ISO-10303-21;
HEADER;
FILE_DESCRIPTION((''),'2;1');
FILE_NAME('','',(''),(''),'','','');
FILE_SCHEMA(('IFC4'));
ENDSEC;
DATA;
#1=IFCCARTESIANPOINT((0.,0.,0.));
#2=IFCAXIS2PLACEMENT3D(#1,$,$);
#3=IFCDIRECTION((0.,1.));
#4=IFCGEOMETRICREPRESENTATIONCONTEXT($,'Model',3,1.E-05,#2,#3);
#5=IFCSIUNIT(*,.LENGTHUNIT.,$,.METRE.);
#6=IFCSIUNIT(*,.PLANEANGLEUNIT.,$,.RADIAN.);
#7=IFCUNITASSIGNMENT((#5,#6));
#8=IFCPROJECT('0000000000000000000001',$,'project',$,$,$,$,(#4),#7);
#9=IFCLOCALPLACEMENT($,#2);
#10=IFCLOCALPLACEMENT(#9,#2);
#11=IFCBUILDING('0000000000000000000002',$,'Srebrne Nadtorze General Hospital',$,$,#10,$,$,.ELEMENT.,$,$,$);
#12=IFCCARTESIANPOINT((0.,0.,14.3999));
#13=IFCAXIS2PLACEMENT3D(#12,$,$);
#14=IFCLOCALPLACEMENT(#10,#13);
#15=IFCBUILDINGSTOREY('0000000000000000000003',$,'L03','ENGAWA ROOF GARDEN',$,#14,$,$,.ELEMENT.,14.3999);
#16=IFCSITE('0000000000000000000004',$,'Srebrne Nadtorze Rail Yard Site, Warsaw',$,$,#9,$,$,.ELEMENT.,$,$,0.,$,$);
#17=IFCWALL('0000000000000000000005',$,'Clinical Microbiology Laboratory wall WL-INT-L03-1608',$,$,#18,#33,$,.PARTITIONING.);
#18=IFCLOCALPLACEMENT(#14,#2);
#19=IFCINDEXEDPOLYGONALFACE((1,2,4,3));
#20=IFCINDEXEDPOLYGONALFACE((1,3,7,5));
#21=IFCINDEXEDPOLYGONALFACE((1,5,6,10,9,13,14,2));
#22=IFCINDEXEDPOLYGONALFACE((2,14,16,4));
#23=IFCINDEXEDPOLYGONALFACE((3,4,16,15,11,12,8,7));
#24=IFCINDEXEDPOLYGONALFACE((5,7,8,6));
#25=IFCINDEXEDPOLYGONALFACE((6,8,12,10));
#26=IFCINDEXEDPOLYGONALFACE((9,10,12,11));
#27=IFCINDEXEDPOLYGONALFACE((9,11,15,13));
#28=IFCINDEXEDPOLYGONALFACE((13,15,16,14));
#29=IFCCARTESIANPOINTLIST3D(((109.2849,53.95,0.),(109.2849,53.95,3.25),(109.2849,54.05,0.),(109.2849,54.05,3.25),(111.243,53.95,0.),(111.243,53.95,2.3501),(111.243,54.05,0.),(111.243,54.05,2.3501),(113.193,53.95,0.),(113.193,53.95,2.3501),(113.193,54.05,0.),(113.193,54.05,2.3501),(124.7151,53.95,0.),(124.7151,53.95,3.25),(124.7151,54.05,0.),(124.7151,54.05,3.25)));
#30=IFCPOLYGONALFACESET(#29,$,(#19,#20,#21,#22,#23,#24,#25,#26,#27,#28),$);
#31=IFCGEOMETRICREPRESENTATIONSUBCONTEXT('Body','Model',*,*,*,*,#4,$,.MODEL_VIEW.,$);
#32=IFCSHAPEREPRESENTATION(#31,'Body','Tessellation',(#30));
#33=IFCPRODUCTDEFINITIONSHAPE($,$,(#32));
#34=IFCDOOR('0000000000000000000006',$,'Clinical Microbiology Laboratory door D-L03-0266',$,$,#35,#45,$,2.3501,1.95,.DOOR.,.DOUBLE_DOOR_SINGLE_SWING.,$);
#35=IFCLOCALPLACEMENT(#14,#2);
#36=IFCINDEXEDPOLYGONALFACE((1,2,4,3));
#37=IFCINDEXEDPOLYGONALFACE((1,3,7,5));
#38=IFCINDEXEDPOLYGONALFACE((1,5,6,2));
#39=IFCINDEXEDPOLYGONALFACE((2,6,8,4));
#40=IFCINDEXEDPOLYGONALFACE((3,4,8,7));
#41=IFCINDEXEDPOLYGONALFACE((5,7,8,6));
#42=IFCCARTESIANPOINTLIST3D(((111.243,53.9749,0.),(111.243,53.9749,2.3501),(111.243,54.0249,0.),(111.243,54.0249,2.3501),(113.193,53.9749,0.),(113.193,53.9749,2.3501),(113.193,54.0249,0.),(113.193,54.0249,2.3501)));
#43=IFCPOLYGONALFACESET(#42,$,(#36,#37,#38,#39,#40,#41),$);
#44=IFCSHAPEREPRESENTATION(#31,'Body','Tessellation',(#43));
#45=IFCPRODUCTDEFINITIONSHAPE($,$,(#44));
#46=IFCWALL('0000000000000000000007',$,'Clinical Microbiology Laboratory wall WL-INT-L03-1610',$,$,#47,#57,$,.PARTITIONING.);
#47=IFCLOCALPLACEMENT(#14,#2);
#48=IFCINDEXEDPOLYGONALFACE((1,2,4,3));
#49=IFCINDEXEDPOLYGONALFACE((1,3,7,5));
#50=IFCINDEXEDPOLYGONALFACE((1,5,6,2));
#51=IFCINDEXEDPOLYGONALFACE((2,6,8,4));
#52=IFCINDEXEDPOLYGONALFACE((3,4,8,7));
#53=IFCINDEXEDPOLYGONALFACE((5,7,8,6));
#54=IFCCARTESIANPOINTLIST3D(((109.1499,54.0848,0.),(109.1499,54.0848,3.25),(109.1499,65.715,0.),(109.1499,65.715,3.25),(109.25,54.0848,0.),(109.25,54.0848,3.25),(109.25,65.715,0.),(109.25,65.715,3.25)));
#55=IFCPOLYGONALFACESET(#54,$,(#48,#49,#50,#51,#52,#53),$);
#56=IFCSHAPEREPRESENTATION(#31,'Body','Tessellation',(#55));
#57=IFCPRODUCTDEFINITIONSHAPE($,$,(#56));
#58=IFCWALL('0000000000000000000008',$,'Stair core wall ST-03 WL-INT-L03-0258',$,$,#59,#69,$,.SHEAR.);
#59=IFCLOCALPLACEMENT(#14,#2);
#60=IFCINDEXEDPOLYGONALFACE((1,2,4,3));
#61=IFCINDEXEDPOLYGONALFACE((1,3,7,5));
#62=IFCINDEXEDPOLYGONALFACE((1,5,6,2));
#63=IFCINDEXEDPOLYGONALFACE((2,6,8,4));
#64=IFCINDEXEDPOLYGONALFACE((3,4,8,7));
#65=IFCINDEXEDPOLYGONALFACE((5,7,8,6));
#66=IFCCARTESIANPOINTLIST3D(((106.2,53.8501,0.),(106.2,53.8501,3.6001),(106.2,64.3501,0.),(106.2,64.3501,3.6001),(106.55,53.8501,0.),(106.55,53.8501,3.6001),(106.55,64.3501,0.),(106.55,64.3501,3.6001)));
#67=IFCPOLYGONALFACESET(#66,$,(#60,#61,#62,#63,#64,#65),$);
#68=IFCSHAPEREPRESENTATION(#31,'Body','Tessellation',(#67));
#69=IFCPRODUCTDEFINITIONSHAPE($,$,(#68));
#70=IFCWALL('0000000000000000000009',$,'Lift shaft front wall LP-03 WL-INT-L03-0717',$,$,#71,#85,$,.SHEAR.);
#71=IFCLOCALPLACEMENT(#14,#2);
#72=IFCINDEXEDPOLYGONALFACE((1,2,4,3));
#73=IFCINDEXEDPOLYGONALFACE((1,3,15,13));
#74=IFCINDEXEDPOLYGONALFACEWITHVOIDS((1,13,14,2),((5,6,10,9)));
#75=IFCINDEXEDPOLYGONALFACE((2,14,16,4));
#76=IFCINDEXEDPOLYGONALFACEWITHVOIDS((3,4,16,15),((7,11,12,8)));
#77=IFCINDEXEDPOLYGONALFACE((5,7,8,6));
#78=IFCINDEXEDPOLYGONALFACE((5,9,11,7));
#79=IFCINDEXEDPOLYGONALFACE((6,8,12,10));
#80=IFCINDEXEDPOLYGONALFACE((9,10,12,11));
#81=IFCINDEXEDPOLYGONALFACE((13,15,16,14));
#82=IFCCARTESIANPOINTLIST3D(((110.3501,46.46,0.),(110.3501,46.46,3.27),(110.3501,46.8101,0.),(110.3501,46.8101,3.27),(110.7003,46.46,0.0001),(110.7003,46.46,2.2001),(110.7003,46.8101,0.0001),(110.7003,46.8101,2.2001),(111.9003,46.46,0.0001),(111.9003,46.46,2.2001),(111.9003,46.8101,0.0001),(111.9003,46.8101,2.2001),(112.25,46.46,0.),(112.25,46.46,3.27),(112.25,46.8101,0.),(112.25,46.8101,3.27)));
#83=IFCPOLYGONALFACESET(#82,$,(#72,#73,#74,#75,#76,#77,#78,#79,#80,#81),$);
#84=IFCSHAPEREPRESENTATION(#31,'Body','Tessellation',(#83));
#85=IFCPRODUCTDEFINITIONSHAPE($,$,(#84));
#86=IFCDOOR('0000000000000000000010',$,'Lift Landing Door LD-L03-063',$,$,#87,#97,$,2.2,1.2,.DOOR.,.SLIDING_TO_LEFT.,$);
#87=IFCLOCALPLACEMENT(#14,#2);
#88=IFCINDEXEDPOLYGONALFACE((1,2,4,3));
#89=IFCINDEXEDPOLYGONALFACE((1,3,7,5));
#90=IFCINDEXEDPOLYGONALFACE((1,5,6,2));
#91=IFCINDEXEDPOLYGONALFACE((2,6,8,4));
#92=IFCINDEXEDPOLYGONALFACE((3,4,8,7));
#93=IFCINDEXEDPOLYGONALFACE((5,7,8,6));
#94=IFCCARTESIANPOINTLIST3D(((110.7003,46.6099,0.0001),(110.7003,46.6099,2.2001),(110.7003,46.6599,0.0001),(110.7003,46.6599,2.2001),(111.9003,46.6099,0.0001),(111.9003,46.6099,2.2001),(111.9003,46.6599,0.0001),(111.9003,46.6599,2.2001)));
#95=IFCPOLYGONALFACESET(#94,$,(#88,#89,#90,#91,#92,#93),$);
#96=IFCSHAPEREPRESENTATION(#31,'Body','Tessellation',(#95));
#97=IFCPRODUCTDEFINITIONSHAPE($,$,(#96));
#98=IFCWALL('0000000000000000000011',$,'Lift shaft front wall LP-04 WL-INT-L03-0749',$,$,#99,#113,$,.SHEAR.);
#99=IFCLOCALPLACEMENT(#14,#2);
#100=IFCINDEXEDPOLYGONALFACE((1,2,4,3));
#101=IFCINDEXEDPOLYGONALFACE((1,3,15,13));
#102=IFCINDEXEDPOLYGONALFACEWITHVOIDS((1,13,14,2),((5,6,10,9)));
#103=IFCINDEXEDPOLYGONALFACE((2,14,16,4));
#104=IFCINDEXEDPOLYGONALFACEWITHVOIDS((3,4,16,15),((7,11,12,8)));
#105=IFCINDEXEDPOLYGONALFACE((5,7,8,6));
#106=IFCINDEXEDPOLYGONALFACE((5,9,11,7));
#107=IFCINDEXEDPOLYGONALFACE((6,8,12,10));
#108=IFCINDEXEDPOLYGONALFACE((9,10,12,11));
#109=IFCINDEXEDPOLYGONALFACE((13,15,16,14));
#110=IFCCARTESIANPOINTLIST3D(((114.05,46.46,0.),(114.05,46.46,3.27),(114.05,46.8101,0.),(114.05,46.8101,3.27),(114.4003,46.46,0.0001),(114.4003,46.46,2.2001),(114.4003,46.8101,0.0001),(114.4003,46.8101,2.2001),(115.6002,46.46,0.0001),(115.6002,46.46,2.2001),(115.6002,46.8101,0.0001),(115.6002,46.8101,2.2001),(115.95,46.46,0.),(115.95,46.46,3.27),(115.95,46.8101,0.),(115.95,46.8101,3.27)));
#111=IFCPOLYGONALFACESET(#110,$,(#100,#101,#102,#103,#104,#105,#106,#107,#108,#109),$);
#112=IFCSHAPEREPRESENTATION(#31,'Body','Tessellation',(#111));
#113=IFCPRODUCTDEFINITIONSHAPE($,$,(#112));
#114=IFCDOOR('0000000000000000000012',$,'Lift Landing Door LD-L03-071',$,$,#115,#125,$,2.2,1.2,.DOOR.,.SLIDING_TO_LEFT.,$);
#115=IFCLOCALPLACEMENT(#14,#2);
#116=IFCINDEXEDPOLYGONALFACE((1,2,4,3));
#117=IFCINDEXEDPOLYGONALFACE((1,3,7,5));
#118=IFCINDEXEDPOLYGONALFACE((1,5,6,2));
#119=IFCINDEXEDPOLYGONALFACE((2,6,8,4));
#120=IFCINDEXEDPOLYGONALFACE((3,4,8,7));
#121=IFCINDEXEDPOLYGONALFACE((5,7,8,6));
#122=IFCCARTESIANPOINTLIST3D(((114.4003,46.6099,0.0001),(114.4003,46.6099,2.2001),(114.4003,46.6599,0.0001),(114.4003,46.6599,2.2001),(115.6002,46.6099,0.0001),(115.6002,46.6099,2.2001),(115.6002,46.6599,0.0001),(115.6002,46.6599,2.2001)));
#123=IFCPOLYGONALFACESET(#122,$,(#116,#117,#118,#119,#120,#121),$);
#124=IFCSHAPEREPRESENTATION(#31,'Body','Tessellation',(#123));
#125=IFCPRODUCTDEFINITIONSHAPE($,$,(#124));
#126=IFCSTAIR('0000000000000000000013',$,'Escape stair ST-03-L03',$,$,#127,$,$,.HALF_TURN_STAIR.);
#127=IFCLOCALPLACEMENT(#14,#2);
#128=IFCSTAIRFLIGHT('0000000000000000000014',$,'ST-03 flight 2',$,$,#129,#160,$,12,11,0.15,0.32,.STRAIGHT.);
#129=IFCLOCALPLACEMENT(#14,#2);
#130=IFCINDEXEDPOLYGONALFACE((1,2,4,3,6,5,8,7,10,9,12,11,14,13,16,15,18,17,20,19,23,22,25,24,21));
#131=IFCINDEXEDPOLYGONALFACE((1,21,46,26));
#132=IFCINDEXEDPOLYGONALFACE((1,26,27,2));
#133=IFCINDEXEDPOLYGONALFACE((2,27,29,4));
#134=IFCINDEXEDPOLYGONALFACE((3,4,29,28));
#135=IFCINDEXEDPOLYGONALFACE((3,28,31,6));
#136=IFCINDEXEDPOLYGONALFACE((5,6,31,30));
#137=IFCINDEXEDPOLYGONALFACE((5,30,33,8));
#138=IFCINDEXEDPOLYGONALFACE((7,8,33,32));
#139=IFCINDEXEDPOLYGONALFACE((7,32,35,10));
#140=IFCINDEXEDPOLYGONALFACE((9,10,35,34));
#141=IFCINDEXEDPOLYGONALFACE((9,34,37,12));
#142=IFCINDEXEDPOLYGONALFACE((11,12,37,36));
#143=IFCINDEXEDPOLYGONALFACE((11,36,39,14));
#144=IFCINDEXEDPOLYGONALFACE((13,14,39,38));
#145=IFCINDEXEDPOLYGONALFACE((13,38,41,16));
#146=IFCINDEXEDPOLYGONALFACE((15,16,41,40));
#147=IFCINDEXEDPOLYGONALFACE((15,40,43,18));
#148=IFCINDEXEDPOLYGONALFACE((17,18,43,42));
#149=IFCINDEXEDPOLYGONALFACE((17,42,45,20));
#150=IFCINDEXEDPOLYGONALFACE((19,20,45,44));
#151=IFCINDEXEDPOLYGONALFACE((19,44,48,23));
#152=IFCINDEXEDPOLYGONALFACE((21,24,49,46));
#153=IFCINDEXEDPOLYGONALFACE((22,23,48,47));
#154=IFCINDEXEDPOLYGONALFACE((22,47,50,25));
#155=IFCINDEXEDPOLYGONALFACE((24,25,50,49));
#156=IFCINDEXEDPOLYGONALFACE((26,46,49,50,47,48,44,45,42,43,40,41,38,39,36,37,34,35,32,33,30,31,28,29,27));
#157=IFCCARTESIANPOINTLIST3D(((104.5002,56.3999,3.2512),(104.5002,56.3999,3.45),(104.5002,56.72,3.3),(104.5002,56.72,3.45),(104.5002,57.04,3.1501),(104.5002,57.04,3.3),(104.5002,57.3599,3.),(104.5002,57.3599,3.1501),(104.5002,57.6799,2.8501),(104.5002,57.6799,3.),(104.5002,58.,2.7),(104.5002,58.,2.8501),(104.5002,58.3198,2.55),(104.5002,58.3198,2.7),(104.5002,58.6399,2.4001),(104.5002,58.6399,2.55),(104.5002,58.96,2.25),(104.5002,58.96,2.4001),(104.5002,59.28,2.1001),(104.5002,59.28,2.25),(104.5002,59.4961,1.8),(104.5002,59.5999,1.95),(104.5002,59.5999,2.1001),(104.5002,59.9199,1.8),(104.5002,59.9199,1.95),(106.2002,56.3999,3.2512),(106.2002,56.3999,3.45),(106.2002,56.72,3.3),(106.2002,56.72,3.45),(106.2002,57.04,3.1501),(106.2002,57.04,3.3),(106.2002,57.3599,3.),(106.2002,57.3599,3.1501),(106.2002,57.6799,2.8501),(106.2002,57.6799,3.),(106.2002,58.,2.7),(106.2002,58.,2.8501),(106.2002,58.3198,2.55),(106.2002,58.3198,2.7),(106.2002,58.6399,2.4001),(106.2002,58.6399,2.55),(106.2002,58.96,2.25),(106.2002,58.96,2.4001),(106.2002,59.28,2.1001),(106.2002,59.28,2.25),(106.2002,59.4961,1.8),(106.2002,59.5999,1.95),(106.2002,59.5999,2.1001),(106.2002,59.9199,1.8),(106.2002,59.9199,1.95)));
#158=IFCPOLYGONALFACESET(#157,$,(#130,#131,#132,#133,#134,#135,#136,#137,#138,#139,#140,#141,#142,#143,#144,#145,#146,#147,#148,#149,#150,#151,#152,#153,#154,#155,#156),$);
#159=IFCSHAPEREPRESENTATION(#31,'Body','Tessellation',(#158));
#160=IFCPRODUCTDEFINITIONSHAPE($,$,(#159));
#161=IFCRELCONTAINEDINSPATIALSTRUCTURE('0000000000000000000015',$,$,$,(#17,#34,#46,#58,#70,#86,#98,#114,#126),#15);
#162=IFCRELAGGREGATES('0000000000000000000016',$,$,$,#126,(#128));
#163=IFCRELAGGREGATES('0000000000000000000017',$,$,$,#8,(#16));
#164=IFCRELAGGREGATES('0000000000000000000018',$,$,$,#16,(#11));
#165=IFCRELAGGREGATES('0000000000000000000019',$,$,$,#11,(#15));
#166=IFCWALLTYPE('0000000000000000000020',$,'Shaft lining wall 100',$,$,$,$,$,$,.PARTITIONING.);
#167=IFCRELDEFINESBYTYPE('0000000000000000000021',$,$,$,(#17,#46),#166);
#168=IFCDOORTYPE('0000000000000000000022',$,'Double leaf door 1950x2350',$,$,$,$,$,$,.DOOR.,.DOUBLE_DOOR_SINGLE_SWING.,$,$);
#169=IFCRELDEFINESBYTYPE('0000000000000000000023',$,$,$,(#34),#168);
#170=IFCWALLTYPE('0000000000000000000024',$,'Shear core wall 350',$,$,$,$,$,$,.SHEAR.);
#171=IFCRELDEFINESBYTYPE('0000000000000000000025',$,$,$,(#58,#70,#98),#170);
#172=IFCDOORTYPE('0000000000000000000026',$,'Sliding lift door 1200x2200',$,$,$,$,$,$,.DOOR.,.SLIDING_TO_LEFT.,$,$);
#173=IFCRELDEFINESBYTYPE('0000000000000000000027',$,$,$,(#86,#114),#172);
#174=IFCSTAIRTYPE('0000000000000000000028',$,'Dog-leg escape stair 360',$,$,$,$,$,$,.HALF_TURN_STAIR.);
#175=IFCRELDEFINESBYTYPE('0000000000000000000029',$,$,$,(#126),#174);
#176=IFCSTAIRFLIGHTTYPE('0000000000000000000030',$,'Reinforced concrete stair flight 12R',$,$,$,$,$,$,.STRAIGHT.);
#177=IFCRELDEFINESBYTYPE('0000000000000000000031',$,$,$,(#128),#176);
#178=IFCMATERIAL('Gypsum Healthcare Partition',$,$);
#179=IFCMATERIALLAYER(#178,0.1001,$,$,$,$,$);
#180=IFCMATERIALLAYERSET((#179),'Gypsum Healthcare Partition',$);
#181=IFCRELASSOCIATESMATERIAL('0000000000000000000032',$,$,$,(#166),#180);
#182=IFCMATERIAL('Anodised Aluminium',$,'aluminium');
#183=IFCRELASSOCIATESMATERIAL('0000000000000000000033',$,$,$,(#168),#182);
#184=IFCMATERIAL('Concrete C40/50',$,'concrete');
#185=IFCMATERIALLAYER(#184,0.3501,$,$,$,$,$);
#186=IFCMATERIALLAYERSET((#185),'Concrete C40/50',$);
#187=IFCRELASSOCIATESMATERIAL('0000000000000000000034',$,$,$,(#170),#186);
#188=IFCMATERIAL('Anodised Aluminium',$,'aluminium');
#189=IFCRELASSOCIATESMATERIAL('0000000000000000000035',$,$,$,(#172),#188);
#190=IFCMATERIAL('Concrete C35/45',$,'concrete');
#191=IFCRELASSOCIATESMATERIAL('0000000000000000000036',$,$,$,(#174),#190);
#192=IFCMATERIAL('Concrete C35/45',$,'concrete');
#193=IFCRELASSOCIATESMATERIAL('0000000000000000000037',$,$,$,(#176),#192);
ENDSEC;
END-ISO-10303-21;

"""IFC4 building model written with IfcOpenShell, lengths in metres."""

from ifc_helpers import new_model, si_unit, direction, frame, frame_2d, origin, place, context, subcontext, project, spatial, polyline, rectangle, outline, extrude, material, layer, layer_set, type_object, element, fill, aggregate, save


model = new_model("IFC4")

# Units and contexts
model_context = context("Model", 3, precision=1e-05, world=origin(), true_north=direction((0.0, 1.0)))
body_context = subcontext(model_context, "Body", "Model", "MODEL_VIEW")
ifc_project = project(units=[si_unit("LENGTHUNIT", "METRE"), si_unit("PLANEANGLEUNIT", "RADIAN")], contexts=[model_context])

# Site, building, storey
site_placement = place(None, origin())
site = spatial("IfcSite", under=ifc_project, at=site_placement, Name="Srebrne Nadtorze Rail Yard Site, Warsaw", CompositionType="ELEMENT", RefElevation=0.0)
building_placement = place(site_placement, origin())
building = spatial("IfcBuilding", under=site, at=building_placement, Name="Srebrne Nadtorze General Hospital", CompositionType="ELEMENT")
storey_placement = place(building_placement, frame((0.0, 0.0, 14.3999)))
storey = spatial("IfcBuildingStorey", under=building, at=storey_placement, Name="L03", Description="ENGAWA ROOF GARDEN", CompositionType="ELEMENT", Elevation=14.3999)

# Wall, opening, door
ifc_material_1 = material(Name="Gypsum Healthcare Partition")
ifc_layer_1 = layer(ifc_material_1, 0.1001)
ifc_layer_set_1 = layer_set([ifc_layer_1], Name="Gypsum Healthcare Partition")
wall_type_1 = type_object("IfcWallType", Name="Shaft lining wall 100", PredefinedType="PARTITIONING", material=ifc_layer_set_1)
wall_1_placement = place(storey_placement, frame((109.2849, 54.0, 0.0), z_axis=(0.0, 0.0, 1.0), x_axis=(1.0, 0.0, 0.0)))
wall_1 = element("IfcWall", 1, at=wall_1_placement, inside=storey, type_object=wall_type_1, Name="Clinical Microbiology Laboratory wall WL-INT-L03-1608", PredefinedType="PARTITIONING", context=body_context, shape_type="SweptSolid", body=[
    extrude(rectangle(XDim=15.4302, YDim=0.1001, at=frame_2d((7.7151, 0.0))), origin(), (0.0, 0.0, 1.0), 3.25),
])
opening_1_placement = place(wall_1_placement, frame((1.958, 0.0, 0.0)))
opening_1 = element("IfcOpeningElement", 2, at=opening_1_placement, cuts=wall_1, PredefinedType="OPENING", context=body_context, shape_type="SweptSolid", body=[
    extrude(rectangle(XDim=1.95, YDim=2.3501, at=frame_2d((0.9751, 1.175))), frame((0.0, 0.062, 0.0), z_axis=(0.0, -1.0, 0.0), x_axis=(1.0, 0.0, 0.0)), (0.0, 0.0, 1.0), 0.124),
])
ifc_material_2 = material(Name="Anodised Aluminium", Category="aluminium")
door_type_1 = type_object("IfcDoorType", Name="Double leaf door 1950x2350", OperationType="DOUBLE_DOOR_SINGLE_SWING", PredefinedType="DOOR", material=ifc_material_2)
door_1_placement = place(opening_1_placement, origin())
door_1 = element("IfcDoor", 3, at=door_1_placement, inside=storey, type_object=door_type_1, Name="Clinical Microbiology Laboratory door D-L03-0266", OperationType="DOUBLE_DOOR_SINGLE_SWING", OverallHeight=2.3501, OverallWidth=1.95, PredefinedType="DOOR", context=body_context, shape_type="SweptSolid", body=[
    extrude(rectangle(XDim=1.95, YDim=2.3501, at=frame_2d((0.9751, 1.175))), frame((0.0, 0.0249, 0.0), z_axis=(0.0, -1.0, 0.0), x_axis=(1.0, 0.0, 0.0)), (0.0, 0.0, 1.0), 0.05),
])
fill(opening_1, door_1)

# Walls
wall_2_placement = place(storey_placement, frame((109.2, 54.085, 0.0), z_axis=(0.0, 0.0, 1.0), x_axis=(0.0, 1.0, 0.0)))
element("IfcWall", 4, at=wall_2_placement, inside=storey, type_object=wall_type_1, Name="Clinical Microbiology Laboratory wall WL-INT-L03-1610", PredefinedType="PARTITIONING", context=body_context, shape_type="SweptSolid", body=[
    extrude(rectangle(XDim=11.6301, YDim=0.1001, at=frame_2d((5.8149, 0.0))), origin(), (0.0, 0.0, 1.0), 3.25),
])
ifc_material_3 = material(Name="Concrete C40/50", Category="concrete")
ifc_layer_2 = layer(ifc_material_3, 0.3501)
ifc_layer_set_2 = layer_set([ifc_layer_2], Name="Concrete C40/50")
wall_type_2 = type_object("IfcWallType", Name="Shear core wall 350", PredefinedType="SHEAR", material=ifc_layer_set_2)
wall_3_placement = place(storey_placement, frame((106.375, 53.8501, 0.0), z_axis=(0.0, 0.0, 1.0), x_axis=(0.0, 1.0, 0.0)))
element("IfcWall", 5, at=wall_3_placement, inside=storey, type_object=wall_type_2, Name="Stair core wall ST-03 WL-INT-L03-0258", PredefinedType="SHEAR", context=body_context, shape_type="SweptSolid", body=[
    extrude(rectangle(XDim=10.5, YDim=0.3501, at=frame_2d((5.25, 0.0))), origin(), (0.0, 0.0, 1.0), 3.6001),
])

# Walls, openings, doors
wall_4_placement = place(storey_placement, frame((110.3501, 46.635, 0.0), z_axis=(0.0, 0.0, 1.0), x_axis=(1.0, 0.0, 0.0)))
wall_4 = element("IfcWall", 6, at=wall_4_placement, inside=storey, type_object=wall_type_2, Name="Lift shaft front wall LP-03 WL-INT-L03-0717", PredefinedType="SHEAR", context=body_context, shape_type="SweptSolid", body=[
    extrude(rectangle(XDim=1.8999, YDim=0.3501, at=frame_2d((0.95, 0.0))), origin(), (0.0, 0.0, 1.0), 3.27),
])
opening_2_placement = place(wall_4_placement, frame((0.3501, 0.0, 0.0)))
opening_2 = element("IfcOpeningElement", 7, at=opening_2_placement, cuts=wall_4, PredefinedType="OPENING", context=body_context, shape_type="SweptSolid", body=[
    extrude(rectangle(XDim=1.2, YDim=2.2, at=frame_2d((0.6001, 1.1001))), frame((0.0, 0.187, 0.0), z_axis=(0.0, -1.0, 0.0), x_axis=(1.0, 0.0, 0.0)), (0.0, 0.0, 1.0), 0.374),
])
ifc_material_4 = material(Name="Anodised Aluminium", Category="aluminium")
door_type_2 = type_object("IfcDoorType", Name="Sliding lift door 1200x2200", OperationType="SLIDING_TO_LEFT", PredefinedType="DOOR", material=ifc_material_4)
door_2_placement = place(opening_2_placement, origin())
door_2 = element("IfcDoor", 8, at=door_2_placement, inside=storey, type_object=door_type_2, Name="Lift Landing Door LD-L03-063", OperationType="SLIDING_TO_LEFT", OverallHeight=2.2, OverallWidth=1.2, PredefinedType="DOOR", context=body_context, shape_type="SweptSolid", body=[
    extrude(rectangle(XDim=1.2, YDim=2.2, at=frame_2d((0.6001, 1.1001))), frame((0.0, 0.0249, 0.0), z_axis=(0.0, -1.0, 0.0), x_axis=(1.0, 0.0, 0.0)), (0.0, 0.0, 1.0), 0.05),
])
fill(opening_2, door_2)
wall_5_placement = place(storey_placement, frame((114.05, 46.635, 0.0), z_axis=(0.0, 0.0, 1.0), x_axis=(1.0, 0.0, 0.0)))
wall_5 = element("IfcWall", 9, at=wall_5_placement, inside=storey, type_object=wall_type_2, Name="Lift shaft front wall LP-04 WL-INT-L03-0749", PredefinedType="SHEAR", context=body_context, shape_type="SweptSolid", body=[
    extrude(rectangle(XDim=1.8999, YDim=0.3501, at=frame_2d((0.95, 0.0))), origin(), (0.0, 0.0, 1.0), 3.27),
])
opening_3_placement = place(wall_5_placement, frame((0.3501, 0.0, 0.0)))
opening_3 = element("IfcOpeningElement", 10, at=opening_3_placement, cuts=wall_5, PredefinedType="OPENING", context=body_context, shape_type="SweptSolid", body=[
    extrude(rectangle(XDim=1.2, YDim=2.2, at=frame_2d((0.6001, 1.1001))), frame((0.0, 0.187, 0.0), z_axis=(0.0, -1.0, 0.0), x_axis=(1.0, 0.0, 0.0)), (0.0, 0.0, 1.0), 0.374),
])
door_3_placement = place(opening_3_placement, origin())
door_3 = element("IfcDoor", 11, at=door_3_placement, inside=storey, type_object=door_type_2, Name="Lift Landing Door LD-L03-071", OperationType="SLIDING_TO_LEFT", OverallHeight=2.2, OverallWidth=1.2, PredefinedType="DOOR", context=body_context, shape_type="SweptSolid", body=[
    extrude(rectangle(XDim=1.2, YDim=2.2, at=frame_2d((0.6001, 1.1001))), frame((0.0, 0.0249, 0.0), z_axis=(0.0, -1.0, 0.0), x_axis=(1.0, 0.0, 0.0)), (0.0, 0.0, 1.0), 0.05),
])
fill(opening_3, door_3)

# Stair, stair flight
ifc_material_5 = material(Name="Concrete C35/45", Category="concrete")
stair_type = type_object("IfcStairType", Name="Dog-leg escape stair 360", PredefinedType="HALF_TURN_STAIR", material=ifc_material_5)
stair_placement = place(storey_placement, origin())
stair = element("IfcStair", 12, at=stair_placement, inside=storey, type_object=stair_type, Name="Escape stair ST-03-L03", PredefinedType="HALF_TURN_STAIR")
ifc_material_6 = material(Name="Concrete C35/45", Category="concrete")
stair_flight_type = type_object("IfcStairFlightType", Name="Reinforced concrete stair flight 12R", PredefinedType="STRAIGHT", material=ifc_material_6)
stair_flight_placement = place(storey_placement, frame((105.3501, 59.9199, 1.8), z_axis=(0.0, 0.0, 1.0), x_axis=(0.0, -1.0, 0.0)))
stair_flight = element("IfcStairFlight", 13, at=stair_flight_placement, type_object=stair_flight_type, Name="ST-03 flight 2", NumberOfRisers=12, NumberOfTreads=11, PredefinedType="STRAIGHT", RiserHeight=0.15, TreadLength=0.32, context=body_context, shape_type="SweptSolid", body=[
    extrude(outline(polyline([(0.0, 0.0), (0.0, 0.1499), (0.3201, 0.1499), (0.3201, 0.3), (0.6399, 0.3), (0.6399, 0.45), (0.96, 0.45), (0.96, 0.6001), (1.28, 0.6001), (1.28, 0.75), (1.6001, 0.75), (1.6001, 0.8999), (1.9199, 0.8999), (1.9199, 1.05), (2.24, 1.05), (2.24, 1.2), (2.5601, 1.2), (2.5601, 1.3501), (2.8799, 1.3501), (2.8799, 1.5), (3.2, 1.5), (3.2, 1.6499), (3.52, 1.6499), (3.52, 1.8), (3.52, 1.4512), (0.4238, 0.0), (0.0, 0.0)])), frame((0.0, 0.8501, 0.0), z_axis=(0.0, -1.0, 0.0), x_axis=(1.0, 0.0, 0.0)), (0.0, 0.0, 1.0), 1.7),
])
aggregate(stair, [stair_flight])

save(model, "model.ifc")
